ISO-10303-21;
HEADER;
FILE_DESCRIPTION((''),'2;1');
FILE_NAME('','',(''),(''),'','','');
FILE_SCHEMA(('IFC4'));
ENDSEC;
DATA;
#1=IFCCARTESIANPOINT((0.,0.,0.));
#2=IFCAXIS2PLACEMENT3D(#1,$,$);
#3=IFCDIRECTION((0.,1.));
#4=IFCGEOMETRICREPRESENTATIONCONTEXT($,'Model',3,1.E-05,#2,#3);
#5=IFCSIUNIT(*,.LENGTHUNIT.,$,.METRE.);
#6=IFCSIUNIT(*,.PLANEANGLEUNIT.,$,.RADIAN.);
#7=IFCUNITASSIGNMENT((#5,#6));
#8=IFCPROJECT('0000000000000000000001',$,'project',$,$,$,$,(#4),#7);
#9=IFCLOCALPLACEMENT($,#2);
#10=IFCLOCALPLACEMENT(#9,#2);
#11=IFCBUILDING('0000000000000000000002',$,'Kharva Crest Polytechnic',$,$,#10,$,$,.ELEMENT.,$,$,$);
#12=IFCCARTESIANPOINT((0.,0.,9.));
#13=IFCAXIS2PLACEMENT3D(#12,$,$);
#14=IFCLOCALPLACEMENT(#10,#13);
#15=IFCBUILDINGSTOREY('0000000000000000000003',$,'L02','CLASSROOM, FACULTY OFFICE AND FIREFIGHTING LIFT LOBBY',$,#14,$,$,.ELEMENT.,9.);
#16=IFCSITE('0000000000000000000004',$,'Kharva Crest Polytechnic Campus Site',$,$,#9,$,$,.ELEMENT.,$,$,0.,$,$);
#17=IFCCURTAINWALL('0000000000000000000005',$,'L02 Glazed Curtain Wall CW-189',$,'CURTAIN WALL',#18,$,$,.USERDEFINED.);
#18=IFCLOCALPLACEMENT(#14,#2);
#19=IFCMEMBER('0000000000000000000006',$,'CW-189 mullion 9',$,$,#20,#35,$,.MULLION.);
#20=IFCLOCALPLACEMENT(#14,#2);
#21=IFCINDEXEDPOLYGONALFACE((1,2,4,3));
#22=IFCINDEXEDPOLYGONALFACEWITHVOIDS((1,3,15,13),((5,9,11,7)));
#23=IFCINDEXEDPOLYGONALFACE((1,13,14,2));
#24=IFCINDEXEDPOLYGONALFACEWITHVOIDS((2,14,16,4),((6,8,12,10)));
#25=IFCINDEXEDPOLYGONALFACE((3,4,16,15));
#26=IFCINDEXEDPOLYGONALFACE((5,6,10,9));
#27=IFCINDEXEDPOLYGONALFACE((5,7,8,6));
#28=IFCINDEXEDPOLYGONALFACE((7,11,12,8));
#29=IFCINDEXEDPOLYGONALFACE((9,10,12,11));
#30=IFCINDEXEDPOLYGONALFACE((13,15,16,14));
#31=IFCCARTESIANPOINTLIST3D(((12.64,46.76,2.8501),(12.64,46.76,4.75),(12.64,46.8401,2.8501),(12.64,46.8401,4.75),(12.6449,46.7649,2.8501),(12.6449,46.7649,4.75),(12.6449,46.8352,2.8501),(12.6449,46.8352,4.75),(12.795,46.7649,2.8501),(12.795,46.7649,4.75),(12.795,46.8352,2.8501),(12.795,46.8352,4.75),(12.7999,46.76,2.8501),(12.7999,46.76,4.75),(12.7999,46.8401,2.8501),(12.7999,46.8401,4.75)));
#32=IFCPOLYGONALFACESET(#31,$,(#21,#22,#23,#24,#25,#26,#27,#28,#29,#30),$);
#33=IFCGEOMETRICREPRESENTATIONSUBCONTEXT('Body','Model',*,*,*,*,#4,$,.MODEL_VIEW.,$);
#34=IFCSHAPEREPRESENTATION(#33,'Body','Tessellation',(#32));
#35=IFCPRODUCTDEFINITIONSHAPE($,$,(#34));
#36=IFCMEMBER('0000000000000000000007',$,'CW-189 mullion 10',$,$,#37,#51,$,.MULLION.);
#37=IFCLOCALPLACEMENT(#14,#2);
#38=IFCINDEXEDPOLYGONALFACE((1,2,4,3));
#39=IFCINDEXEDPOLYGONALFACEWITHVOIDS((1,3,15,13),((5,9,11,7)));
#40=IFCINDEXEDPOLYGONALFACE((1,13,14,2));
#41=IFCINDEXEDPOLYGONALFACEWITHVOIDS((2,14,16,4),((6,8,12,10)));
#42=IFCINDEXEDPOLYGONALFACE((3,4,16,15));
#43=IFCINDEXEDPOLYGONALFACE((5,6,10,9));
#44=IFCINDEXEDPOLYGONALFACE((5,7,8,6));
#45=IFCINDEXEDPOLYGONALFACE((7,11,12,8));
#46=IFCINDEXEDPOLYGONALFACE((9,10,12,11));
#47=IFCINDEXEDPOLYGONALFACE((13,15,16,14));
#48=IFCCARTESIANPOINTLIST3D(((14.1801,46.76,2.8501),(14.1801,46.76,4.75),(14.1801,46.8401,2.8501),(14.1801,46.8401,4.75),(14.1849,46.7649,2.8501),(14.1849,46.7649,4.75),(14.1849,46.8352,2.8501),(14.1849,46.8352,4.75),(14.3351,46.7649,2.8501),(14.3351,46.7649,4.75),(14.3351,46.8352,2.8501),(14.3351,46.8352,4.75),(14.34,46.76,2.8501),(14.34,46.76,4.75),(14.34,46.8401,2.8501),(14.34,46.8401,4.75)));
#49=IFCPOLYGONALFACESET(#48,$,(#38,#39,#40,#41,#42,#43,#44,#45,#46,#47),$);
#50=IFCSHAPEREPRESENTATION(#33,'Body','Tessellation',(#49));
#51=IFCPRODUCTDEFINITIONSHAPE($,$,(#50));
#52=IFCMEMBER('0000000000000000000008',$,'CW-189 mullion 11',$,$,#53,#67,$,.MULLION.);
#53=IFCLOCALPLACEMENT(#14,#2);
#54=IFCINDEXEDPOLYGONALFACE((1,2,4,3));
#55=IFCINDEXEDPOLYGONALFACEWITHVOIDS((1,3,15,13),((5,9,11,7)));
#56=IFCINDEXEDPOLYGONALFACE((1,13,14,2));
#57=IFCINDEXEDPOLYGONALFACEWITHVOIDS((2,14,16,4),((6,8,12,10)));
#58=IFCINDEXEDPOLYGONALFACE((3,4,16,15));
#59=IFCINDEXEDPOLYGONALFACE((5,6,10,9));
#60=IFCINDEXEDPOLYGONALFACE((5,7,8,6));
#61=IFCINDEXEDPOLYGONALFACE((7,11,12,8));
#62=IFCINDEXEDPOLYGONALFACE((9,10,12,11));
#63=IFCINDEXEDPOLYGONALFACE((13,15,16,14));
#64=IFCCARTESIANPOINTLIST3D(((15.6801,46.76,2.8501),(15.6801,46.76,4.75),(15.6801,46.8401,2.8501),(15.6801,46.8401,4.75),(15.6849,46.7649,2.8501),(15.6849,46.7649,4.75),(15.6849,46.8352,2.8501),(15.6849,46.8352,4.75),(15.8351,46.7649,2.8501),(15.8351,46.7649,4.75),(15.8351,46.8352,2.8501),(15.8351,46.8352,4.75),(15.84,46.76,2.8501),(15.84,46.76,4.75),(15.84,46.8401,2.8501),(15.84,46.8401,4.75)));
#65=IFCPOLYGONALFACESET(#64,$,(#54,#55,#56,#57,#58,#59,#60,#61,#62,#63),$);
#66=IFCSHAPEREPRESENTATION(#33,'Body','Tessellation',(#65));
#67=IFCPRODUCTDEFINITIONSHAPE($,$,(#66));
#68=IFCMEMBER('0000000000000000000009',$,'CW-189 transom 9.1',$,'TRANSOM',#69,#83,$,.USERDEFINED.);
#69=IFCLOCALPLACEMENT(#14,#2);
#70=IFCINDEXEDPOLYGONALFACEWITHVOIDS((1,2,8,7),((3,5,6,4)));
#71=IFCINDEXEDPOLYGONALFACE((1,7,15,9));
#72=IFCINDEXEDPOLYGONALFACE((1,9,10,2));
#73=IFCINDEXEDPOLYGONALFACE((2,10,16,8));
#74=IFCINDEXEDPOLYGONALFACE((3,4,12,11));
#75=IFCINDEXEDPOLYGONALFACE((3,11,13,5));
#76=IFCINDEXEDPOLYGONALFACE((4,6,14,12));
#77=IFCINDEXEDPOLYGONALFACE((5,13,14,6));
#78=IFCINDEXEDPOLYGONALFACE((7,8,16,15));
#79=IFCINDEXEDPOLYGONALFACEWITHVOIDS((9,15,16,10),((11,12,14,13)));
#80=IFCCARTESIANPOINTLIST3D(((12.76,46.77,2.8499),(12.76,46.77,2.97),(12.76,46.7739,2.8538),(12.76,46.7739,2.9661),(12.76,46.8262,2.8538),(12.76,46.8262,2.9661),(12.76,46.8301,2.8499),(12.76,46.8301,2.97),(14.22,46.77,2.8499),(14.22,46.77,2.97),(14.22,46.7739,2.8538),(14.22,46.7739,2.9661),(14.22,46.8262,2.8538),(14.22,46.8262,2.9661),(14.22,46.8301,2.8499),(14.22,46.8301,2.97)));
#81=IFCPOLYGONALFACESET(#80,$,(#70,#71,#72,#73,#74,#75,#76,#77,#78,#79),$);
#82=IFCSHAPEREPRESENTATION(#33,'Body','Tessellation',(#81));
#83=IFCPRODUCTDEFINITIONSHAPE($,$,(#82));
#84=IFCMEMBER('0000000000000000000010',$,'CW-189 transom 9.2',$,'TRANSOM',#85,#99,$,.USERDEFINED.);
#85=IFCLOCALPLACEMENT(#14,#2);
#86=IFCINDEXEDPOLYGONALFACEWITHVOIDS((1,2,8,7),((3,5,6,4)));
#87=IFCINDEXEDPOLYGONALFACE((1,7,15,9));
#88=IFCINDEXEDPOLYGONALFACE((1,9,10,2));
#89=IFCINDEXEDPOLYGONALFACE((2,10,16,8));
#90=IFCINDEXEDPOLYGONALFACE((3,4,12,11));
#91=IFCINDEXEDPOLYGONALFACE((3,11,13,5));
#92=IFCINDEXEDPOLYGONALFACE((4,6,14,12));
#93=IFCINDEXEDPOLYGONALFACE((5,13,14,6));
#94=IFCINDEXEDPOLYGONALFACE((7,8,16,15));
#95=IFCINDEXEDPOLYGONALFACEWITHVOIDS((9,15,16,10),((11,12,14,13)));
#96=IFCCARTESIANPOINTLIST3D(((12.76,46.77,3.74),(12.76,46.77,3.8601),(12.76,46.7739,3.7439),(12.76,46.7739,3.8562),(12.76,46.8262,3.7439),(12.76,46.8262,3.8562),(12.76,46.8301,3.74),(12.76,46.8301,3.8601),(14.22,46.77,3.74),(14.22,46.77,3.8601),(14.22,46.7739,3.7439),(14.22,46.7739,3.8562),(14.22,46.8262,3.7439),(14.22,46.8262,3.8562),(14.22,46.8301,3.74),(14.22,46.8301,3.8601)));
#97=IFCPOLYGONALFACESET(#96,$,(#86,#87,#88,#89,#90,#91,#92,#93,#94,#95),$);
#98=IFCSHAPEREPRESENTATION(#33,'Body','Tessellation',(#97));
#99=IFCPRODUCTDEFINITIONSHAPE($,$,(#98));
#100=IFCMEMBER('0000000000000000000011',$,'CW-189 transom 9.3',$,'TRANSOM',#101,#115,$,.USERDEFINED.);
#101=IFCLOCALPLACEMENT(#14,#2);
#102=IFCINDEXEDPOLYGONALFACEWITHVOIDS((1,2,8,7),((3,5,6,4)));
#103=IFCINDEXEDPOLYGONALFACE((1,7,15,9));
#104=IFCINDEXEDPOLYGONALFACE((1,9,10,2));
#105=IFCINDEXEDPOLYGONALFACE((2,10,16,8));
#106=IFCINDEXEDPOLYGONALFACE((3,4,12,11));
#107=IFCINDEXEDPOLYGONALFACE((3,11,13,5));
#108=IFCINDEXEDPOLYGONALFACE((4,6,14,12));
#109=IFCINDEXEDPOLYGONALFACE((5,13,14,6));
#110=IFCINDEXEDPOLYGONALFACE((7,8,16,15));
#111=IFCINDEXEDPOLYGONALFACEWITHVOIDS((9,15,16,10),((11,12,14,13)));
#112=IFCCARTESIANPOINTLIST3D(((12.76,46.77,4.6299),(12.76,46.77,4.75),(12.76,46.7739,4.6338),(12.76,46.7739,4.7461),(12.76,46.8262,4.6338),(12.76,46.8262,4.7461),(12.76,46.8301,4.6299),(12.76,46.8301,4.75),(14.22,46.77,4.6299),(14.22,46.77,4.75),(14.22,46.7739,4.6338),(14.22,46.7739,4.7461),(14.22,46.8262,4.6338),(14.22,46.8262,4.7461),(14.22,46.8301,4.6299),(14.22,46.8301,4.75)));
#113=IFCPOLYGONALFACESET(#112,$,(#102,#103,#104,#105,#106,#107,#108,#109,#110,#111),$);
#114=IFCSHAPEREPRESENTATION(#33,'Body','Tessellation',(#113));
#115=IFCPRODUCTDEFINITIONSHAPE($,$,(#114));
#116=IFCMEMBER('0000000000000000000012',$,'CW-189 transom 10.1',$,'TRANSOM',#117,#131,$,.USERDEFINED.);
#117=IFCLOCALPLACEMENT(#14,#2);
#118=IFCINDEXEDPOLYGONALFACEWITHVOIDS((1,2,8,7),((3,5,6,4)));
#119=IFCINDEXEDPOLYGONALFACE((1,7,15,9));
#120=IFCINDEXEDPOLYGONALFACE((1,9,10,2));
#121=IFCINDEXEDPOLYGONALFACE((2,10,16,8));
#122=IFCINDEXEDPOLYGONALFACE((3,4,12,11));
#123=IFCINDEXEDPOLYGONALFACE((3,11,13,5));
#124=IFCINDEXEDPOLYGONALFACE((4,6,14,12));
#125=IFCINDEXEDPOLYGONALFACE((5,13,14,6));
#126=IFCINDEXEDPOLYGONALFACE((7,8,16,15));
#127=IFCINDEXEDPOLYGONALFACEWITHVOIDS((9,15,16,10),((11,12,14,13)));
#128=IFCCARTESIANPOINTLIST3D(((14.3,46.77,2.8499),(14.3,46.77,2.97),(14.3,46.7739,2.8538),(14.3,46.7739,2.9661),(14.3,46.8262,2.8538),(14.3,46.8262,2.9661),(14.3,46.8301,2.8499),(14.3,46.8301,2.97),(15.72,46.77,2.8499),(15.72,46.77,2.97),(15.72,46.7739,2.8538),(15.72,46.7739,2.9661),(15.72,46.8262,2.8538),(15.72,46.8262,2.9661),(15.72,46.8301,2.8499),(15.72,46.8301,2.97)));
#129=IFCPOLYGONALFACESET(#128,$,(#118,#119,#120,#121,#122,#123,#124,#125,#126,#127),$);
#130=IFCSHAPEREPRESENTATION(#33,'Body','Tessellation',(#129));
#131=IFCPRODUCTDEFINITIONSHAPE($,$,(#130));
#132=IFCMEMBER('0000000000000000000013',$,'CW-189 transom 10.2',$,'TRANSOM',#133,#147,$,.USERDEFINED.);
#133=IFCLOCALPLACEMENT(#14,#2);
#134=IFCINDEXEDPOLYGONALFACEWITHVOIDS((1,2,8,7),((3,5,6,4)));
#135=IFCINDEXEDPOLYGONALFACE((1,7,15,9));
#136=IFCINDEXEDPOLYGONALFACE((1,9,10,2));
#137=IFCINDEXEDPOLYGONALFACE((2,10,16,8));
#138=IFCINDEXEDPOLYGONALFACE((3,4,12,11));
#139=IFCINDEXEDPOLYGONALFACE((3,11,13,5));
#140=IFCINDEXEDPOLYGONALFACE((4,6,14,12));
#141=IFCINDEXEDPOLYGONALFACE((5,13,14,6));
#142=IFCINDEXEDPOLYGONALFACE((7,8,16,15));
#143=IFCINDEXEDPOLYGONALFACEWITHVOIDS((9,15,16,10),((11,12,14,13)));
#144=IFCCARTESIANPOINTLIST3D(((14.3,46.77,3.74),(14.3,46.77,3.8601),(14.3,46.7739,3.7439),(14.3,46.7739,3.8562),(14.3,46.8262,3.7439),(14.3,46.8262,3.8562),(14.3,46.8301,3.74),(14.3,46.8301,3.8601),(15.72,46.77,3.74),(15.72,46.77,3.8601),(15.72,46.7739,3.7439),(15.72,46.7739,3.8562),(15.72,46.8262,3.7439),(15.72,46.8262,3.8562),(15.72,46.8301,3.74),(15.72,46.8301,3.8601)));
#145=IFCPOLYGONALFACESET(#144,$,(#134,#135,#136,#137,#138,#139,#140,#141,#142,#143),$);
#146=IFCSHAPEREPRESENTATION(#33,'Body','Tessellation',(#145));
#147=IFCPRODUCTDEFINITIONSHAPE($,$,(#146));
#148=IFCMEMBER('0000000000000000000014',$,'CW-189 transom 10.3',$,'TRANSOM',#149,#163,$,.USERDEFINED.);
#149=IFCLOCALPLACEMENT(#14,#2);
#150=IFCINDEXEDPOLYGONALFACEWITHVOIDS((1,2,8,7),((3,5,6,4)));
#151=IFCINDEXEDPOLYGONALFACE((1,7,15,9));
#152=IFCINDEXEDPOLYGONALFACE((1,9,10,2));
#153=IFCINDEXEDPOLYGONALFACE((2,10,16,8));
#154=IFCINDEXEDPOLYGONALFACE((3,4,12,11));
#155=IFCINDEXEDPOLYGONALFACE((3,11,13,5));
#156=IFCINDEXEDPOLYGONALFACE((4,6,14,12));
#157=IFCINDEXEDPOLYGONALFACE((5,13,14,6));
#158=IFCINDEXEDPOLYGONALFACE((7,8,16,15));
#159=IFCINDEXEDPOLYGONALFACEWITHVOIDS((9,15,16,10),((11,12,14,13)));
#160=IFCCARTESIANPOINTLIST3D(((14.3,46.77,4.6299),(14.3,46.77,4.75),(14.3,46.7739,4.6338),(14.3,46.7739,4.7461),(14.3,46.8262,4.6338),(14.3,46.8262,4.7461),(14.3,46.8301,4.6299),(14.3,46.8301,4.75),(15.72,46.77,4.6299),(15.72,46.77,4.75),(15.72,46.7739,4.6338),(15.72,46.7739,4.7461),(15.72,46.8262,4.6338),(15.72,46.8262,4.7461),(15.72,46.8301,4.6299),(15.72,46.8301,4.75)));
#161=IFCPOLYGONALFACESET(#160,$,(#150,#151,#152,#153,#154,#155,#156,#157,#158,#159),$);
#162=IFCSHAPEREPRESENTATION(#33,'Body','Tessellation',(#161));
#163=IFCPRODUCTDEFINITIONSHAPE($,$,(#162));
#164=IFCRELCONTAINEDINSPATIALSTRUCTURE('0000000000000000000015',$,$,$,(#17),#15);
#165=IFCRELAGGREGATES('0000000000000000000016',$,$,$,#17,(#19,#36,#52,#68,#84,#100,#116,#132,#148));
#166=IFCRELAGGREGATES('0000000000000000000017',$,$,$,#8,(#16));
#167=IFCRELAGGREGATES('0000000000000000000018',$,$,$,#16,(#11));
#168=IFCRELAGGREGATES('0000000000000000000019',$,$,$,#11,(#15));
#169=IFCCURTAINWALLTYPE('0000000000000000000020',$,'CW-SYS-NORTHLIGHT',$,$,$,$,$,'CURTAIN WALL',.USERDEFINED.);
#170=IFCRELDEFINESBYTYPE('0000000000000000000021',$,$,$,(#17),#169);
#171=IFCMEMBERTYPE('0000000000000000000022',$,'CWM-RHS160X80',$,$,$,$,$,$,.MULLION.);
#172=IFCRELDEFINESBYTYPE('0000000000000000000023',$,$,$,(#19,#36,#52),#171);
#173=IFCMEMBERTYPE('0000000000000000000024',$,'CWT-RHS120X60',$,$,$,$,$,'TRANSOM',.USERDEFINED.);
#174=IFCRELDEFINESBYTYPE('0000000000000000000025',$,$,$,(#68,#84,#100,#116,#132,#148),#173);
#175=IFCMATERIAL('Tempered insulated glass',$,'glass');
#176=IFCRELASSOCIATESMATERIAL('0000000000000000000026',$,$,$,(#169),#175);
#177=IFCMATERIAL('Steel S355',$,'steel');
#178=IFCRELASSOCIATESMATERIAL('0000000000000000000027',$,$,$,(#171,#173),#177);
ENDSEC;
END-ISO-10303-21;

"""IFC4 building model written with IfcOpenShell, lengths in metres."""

from ifc_helpers import new_model, si_unit, direction, frame, origin, origin_2d, place, context, subcontext, project, spatial, hollow_rectangle, extrude, material, material_profile, profile_set, type_object, element, aggregate, save


model = new_model("IFC4")

# Units and contexts
model_context = context("Model", 3, precision=1e-05, world=origin(), true_north=direction((0.0, 1.0)))
body_context = subcontext(model_context, "Body", "Model", "MODEL_VIEW")
ifc_project = project(units=[si_unit("LENGTHUNIT", "METRE"), si_unit("PLANEANGLEUNIT", "RADIAN")], contexts=[model_context])

# Site, building, storey
site_placement = place(None, origin())
site = spatial("IfcSite", under=ifc_project, at=site_placement, Name="Kharva Crest Polytechnic Campus Site", CompositionType="ELEMENT", RefElevation=0.0)
building_placement = place(site_placement, origin())
building = spatial("IfcBuilding", under=site, at=building_placement, Name="Kharva Crest Polytechnic", CompositionType="ELEMENT")
storey_placement = place(building_placement, frame((0.0, 0.0, 9.0)))
storey = spatial("IfcBuildingStorey", under=building, at=storey_placement, Name="L02", Description="CLASSROOM, FACULTY OFFICE AND FIREFIGHTING LIFT LOBBY", CompositionType="ELEMENT", Elevation=9.0)

# Curtain wall, members
ifc_material_1 = material(Name="Tempered insulated glass", Category="glass")
curtain_wall_type = type_object("IfcCurtainWallType", Name="CW-SYS-NORTHLIGHT", ElementType="CURTAIN WALL", PredefinedType="USERDEFINED", material=ifc_material_1)
curtain_wall_placement = place(storey_placement, origin())
curtain_wall = element("IfcCurtainWall", 1, at=curtain_wall_placement, inside=storey, type_object=curtain_wall_type, Name="L02 Glazed Curtain Wall CW-189", ObjectType="CURTAIN WALL", PredefinedType="USERDEFINED")
ifc_material_2 = material(Name="Steel S355", Category="steel")
ifc_material_profile_1 = material_profile(ifc_material_2, hollow_rectangle(XDim=0.0801, YDim=0.1599, WallThickness=0.0049, at=origin_2d()), Name="RHS 160X80X5.0")
ifc_profile_set_1 = profile_set([ifc_material_profile_1], Name="Steel S355")
member_type_1 = type_object("IfcMemberType", Name="CWM-RHS160X80", PredefinedType="MULLION", material=ifc_profile_set_1)
member_1_placement = place(storey_placement, frame((12.72, 46.8, 2.8501), z_axis=(0.0, 0.0, 1.0), x_axis=(0.0, 1.0, 0.0)))
member_1 = element("IfcMember", 2, at=member_1_placement, type_object=member_type_1, Name="CW-189 mullion 9", PredefinedType="MULLION", context=body_context, shape_type="SweptSolid", body=[
    extrude(hollow_rectangle(XDim=0.0801, YDim=0.1599, WallThickness=0.0049, at=origin_2d()), origin(), (0.0, 0.0, 1.0), 1.8999),
])
member_2_placement = place(storey_placement, frame((14.26, 46.8, 2.8501), z_axis=(0.0, 0.0, 1.0), x_axis=(0.0, 1.0, 0.0)))
member_2 = element("IfcMember", 3, at=member_2_placement, type_object=member_type_1, Name="CW-189 mullion 10", PredefinedType="MULLION", context=body_context, shape_type="SweptSolid", body=[
    extrude(hollow_rectangle(XDim=0.0801, YDim=0.1599, WallThickness=0.0049, at=origin_2d()), origin(), (0.0, 0.0, 1.0), 1.8999),
])
member_3_placement = place(storey_placement, frame((15.76, 46.8, 2.8501), z_axis=(0.0, 0.0, 1.0), x_axis=(0.0, 1.0, 0.0)))
member_3 = element("IfcMember", 4, at=member_3_placement, type_object=member_type_1, Name="CW-189 mullion 11", PredefinedType="MULLION", context=body_context, shape_type="SweptSolid", body=[
    extrude(hollow_rectangle(XDim=0.0801, YDim=0.1599, WallThickness=0.0049, at=origin_2d()), origin(), (0.0, 0.0, 1.0), 1.8999),
])
ifc_material_profile_2 = material_profile(ifc_material_2, hollow_rectangle(XDim=0.0601, YDim=0.1201, WallThickness=0.0039, at=origin_2d()), Name="RHS 120X60X4.0")
ifc_profile_set_2 = profile_set([ifc_material_profile_2], Name="Steel S355")
member_type_2 = type_object("IfcMemberType", Name="CWT-RHS120X60", ElementType="TRANSOM", PredefinedType="USERDEFINED", material=ifc_profile_set_2)
member_4_placement = place(storey_placement, frame((12.76, 46.8, 2.9099), z_axis=(1.0, 0.0, 0.0), x_axis=(0.0, 1.0, 0.0)))
member_4 = element("IfcMember", 5, at=member_4_placement, type_object=member_type_2, Name="CW-189 transom 9.1", ObjectType="TRANSOM", PredefinedType="USERDEFINED", context=body_context, shape_type="SweptSolid", body=[
    extrude(hollow_rectangle(XDim=0.0601, YDim=0.1201, WallThickness=0.0039, at=origin_2d()), origin(), (0.0, 0.0, 1.0), 1.46),
])
member_5_placement = place(storey_placement, frame((12.76, 46.8, 3.8), z_axis=(1.0, 0.0, 0.0), x_axis=(0.0, 1.0, 0.0)))
member_5 = element("IfcMember", 6, at=member_5_placement, type_object=member_type_2, Name="CW-189 transom 9.2", ObjectType="TRANSOM", PredefinedType="USERDEFINED", context=body_context, shape_type="SweptSolid", body=[
    extrude(hollow_rectangle(XDim=0.0601, YDim=0.1201, WallThickness=0.0039, at=origin_2d()), origin(), (0.0, 0.0, 1.0), 1.46),
])
member_6_placement = place(storey_placement, frame((12.76, 46.8, 4.6899), z_axis=(1.0, 0.0, 0.0), x_axis=(0.0, 1.0, 0.0)))
member_6 = element("IfcMember", 7, at=member_6_placement, type_object=member_type_2, Name="CW-189 transom 9.3", ObjectType="TRANSOM", PredefinedType="USERDEFINED", context=body_context, shape_type="SweptSolid", body=[
    extrude(hollow_rectangle(XDim=0.0601, YDim=0.1201, WallThickness=0.0039, at=origin_2d()), origin(), (0.0, 0.0, 1.0), 1.46),
])
member_7_placement = place(storey_placement, frame((14.3, 46.8, 2.9099), z_axis=(1.0, 0.0, 0.0), x_axis=(0.0, 1.0, 0.0)))
member_7 = element("IfcMember", 8, at=member_7_placement, type_object=member_type_2, Name="CW-189 transom 10.1", ObjectType="TRANSOM", PredefinedType="USERDEFINED", context=body_context, shape_type="SweptSolid", body=[
    extrude(hollow_rectangle(XDim=0.0601, YDim=0.1201, WallThickness=0.0039, at=origin_2d()), origin(), (0.0, 0.0, 1.0), 1.4199),
])
member_8_placement = place(storey_placement, frame((14.3, 46.8, 3.8), z_axis=(1.0, 0.0, 0.0), x_axis=(0.0, 1.0, 0.0)))
member_8 = element("IfcMember", 9, at=member_8_placement, type_object=member_type_2, Name="CW-189 transom 10.2", ObjectType="TRANSOM", PredefinedType="USERDEFINED", context=body_context, shape_type="SweptSolid", body=[
    extrude(hollow_rectangle(XDim=0.0601, YDim=0.1201, WallThickness=0.0039, at=origin_2d()), origin(), (0.0, 0.0, 1.0), 1.4199),
])
member_9_placement = place(storey_placement, frame((14.3, 46.8, 4.6899), z_axis=(1.0, 0.0, 0.0), x_axis=(0.0, 1.0, 0.0)))
member_9 = element("IfcMember", 10, at=member_9_placement, type_object=member_type_2, Name="CW-189 transom 10.3", ObjectType="TRANSOM", PredefinedType="USERDEFINED", context=body_context, shape_type="SweptSolid", body=[
    extrude(hollow_rectangle(XDim=0.0601, YDim=0.1201, WallThickness=0.0039, at=origin_2d()), origin(), (0.0, 0.0, 1.0), 1.4199),
])

aggregate(curtain_wall, [member_1, member_2, member_3, member_4, member_5, member_6, member_7, member_8, member_9])

save(model, "model.ifc")
